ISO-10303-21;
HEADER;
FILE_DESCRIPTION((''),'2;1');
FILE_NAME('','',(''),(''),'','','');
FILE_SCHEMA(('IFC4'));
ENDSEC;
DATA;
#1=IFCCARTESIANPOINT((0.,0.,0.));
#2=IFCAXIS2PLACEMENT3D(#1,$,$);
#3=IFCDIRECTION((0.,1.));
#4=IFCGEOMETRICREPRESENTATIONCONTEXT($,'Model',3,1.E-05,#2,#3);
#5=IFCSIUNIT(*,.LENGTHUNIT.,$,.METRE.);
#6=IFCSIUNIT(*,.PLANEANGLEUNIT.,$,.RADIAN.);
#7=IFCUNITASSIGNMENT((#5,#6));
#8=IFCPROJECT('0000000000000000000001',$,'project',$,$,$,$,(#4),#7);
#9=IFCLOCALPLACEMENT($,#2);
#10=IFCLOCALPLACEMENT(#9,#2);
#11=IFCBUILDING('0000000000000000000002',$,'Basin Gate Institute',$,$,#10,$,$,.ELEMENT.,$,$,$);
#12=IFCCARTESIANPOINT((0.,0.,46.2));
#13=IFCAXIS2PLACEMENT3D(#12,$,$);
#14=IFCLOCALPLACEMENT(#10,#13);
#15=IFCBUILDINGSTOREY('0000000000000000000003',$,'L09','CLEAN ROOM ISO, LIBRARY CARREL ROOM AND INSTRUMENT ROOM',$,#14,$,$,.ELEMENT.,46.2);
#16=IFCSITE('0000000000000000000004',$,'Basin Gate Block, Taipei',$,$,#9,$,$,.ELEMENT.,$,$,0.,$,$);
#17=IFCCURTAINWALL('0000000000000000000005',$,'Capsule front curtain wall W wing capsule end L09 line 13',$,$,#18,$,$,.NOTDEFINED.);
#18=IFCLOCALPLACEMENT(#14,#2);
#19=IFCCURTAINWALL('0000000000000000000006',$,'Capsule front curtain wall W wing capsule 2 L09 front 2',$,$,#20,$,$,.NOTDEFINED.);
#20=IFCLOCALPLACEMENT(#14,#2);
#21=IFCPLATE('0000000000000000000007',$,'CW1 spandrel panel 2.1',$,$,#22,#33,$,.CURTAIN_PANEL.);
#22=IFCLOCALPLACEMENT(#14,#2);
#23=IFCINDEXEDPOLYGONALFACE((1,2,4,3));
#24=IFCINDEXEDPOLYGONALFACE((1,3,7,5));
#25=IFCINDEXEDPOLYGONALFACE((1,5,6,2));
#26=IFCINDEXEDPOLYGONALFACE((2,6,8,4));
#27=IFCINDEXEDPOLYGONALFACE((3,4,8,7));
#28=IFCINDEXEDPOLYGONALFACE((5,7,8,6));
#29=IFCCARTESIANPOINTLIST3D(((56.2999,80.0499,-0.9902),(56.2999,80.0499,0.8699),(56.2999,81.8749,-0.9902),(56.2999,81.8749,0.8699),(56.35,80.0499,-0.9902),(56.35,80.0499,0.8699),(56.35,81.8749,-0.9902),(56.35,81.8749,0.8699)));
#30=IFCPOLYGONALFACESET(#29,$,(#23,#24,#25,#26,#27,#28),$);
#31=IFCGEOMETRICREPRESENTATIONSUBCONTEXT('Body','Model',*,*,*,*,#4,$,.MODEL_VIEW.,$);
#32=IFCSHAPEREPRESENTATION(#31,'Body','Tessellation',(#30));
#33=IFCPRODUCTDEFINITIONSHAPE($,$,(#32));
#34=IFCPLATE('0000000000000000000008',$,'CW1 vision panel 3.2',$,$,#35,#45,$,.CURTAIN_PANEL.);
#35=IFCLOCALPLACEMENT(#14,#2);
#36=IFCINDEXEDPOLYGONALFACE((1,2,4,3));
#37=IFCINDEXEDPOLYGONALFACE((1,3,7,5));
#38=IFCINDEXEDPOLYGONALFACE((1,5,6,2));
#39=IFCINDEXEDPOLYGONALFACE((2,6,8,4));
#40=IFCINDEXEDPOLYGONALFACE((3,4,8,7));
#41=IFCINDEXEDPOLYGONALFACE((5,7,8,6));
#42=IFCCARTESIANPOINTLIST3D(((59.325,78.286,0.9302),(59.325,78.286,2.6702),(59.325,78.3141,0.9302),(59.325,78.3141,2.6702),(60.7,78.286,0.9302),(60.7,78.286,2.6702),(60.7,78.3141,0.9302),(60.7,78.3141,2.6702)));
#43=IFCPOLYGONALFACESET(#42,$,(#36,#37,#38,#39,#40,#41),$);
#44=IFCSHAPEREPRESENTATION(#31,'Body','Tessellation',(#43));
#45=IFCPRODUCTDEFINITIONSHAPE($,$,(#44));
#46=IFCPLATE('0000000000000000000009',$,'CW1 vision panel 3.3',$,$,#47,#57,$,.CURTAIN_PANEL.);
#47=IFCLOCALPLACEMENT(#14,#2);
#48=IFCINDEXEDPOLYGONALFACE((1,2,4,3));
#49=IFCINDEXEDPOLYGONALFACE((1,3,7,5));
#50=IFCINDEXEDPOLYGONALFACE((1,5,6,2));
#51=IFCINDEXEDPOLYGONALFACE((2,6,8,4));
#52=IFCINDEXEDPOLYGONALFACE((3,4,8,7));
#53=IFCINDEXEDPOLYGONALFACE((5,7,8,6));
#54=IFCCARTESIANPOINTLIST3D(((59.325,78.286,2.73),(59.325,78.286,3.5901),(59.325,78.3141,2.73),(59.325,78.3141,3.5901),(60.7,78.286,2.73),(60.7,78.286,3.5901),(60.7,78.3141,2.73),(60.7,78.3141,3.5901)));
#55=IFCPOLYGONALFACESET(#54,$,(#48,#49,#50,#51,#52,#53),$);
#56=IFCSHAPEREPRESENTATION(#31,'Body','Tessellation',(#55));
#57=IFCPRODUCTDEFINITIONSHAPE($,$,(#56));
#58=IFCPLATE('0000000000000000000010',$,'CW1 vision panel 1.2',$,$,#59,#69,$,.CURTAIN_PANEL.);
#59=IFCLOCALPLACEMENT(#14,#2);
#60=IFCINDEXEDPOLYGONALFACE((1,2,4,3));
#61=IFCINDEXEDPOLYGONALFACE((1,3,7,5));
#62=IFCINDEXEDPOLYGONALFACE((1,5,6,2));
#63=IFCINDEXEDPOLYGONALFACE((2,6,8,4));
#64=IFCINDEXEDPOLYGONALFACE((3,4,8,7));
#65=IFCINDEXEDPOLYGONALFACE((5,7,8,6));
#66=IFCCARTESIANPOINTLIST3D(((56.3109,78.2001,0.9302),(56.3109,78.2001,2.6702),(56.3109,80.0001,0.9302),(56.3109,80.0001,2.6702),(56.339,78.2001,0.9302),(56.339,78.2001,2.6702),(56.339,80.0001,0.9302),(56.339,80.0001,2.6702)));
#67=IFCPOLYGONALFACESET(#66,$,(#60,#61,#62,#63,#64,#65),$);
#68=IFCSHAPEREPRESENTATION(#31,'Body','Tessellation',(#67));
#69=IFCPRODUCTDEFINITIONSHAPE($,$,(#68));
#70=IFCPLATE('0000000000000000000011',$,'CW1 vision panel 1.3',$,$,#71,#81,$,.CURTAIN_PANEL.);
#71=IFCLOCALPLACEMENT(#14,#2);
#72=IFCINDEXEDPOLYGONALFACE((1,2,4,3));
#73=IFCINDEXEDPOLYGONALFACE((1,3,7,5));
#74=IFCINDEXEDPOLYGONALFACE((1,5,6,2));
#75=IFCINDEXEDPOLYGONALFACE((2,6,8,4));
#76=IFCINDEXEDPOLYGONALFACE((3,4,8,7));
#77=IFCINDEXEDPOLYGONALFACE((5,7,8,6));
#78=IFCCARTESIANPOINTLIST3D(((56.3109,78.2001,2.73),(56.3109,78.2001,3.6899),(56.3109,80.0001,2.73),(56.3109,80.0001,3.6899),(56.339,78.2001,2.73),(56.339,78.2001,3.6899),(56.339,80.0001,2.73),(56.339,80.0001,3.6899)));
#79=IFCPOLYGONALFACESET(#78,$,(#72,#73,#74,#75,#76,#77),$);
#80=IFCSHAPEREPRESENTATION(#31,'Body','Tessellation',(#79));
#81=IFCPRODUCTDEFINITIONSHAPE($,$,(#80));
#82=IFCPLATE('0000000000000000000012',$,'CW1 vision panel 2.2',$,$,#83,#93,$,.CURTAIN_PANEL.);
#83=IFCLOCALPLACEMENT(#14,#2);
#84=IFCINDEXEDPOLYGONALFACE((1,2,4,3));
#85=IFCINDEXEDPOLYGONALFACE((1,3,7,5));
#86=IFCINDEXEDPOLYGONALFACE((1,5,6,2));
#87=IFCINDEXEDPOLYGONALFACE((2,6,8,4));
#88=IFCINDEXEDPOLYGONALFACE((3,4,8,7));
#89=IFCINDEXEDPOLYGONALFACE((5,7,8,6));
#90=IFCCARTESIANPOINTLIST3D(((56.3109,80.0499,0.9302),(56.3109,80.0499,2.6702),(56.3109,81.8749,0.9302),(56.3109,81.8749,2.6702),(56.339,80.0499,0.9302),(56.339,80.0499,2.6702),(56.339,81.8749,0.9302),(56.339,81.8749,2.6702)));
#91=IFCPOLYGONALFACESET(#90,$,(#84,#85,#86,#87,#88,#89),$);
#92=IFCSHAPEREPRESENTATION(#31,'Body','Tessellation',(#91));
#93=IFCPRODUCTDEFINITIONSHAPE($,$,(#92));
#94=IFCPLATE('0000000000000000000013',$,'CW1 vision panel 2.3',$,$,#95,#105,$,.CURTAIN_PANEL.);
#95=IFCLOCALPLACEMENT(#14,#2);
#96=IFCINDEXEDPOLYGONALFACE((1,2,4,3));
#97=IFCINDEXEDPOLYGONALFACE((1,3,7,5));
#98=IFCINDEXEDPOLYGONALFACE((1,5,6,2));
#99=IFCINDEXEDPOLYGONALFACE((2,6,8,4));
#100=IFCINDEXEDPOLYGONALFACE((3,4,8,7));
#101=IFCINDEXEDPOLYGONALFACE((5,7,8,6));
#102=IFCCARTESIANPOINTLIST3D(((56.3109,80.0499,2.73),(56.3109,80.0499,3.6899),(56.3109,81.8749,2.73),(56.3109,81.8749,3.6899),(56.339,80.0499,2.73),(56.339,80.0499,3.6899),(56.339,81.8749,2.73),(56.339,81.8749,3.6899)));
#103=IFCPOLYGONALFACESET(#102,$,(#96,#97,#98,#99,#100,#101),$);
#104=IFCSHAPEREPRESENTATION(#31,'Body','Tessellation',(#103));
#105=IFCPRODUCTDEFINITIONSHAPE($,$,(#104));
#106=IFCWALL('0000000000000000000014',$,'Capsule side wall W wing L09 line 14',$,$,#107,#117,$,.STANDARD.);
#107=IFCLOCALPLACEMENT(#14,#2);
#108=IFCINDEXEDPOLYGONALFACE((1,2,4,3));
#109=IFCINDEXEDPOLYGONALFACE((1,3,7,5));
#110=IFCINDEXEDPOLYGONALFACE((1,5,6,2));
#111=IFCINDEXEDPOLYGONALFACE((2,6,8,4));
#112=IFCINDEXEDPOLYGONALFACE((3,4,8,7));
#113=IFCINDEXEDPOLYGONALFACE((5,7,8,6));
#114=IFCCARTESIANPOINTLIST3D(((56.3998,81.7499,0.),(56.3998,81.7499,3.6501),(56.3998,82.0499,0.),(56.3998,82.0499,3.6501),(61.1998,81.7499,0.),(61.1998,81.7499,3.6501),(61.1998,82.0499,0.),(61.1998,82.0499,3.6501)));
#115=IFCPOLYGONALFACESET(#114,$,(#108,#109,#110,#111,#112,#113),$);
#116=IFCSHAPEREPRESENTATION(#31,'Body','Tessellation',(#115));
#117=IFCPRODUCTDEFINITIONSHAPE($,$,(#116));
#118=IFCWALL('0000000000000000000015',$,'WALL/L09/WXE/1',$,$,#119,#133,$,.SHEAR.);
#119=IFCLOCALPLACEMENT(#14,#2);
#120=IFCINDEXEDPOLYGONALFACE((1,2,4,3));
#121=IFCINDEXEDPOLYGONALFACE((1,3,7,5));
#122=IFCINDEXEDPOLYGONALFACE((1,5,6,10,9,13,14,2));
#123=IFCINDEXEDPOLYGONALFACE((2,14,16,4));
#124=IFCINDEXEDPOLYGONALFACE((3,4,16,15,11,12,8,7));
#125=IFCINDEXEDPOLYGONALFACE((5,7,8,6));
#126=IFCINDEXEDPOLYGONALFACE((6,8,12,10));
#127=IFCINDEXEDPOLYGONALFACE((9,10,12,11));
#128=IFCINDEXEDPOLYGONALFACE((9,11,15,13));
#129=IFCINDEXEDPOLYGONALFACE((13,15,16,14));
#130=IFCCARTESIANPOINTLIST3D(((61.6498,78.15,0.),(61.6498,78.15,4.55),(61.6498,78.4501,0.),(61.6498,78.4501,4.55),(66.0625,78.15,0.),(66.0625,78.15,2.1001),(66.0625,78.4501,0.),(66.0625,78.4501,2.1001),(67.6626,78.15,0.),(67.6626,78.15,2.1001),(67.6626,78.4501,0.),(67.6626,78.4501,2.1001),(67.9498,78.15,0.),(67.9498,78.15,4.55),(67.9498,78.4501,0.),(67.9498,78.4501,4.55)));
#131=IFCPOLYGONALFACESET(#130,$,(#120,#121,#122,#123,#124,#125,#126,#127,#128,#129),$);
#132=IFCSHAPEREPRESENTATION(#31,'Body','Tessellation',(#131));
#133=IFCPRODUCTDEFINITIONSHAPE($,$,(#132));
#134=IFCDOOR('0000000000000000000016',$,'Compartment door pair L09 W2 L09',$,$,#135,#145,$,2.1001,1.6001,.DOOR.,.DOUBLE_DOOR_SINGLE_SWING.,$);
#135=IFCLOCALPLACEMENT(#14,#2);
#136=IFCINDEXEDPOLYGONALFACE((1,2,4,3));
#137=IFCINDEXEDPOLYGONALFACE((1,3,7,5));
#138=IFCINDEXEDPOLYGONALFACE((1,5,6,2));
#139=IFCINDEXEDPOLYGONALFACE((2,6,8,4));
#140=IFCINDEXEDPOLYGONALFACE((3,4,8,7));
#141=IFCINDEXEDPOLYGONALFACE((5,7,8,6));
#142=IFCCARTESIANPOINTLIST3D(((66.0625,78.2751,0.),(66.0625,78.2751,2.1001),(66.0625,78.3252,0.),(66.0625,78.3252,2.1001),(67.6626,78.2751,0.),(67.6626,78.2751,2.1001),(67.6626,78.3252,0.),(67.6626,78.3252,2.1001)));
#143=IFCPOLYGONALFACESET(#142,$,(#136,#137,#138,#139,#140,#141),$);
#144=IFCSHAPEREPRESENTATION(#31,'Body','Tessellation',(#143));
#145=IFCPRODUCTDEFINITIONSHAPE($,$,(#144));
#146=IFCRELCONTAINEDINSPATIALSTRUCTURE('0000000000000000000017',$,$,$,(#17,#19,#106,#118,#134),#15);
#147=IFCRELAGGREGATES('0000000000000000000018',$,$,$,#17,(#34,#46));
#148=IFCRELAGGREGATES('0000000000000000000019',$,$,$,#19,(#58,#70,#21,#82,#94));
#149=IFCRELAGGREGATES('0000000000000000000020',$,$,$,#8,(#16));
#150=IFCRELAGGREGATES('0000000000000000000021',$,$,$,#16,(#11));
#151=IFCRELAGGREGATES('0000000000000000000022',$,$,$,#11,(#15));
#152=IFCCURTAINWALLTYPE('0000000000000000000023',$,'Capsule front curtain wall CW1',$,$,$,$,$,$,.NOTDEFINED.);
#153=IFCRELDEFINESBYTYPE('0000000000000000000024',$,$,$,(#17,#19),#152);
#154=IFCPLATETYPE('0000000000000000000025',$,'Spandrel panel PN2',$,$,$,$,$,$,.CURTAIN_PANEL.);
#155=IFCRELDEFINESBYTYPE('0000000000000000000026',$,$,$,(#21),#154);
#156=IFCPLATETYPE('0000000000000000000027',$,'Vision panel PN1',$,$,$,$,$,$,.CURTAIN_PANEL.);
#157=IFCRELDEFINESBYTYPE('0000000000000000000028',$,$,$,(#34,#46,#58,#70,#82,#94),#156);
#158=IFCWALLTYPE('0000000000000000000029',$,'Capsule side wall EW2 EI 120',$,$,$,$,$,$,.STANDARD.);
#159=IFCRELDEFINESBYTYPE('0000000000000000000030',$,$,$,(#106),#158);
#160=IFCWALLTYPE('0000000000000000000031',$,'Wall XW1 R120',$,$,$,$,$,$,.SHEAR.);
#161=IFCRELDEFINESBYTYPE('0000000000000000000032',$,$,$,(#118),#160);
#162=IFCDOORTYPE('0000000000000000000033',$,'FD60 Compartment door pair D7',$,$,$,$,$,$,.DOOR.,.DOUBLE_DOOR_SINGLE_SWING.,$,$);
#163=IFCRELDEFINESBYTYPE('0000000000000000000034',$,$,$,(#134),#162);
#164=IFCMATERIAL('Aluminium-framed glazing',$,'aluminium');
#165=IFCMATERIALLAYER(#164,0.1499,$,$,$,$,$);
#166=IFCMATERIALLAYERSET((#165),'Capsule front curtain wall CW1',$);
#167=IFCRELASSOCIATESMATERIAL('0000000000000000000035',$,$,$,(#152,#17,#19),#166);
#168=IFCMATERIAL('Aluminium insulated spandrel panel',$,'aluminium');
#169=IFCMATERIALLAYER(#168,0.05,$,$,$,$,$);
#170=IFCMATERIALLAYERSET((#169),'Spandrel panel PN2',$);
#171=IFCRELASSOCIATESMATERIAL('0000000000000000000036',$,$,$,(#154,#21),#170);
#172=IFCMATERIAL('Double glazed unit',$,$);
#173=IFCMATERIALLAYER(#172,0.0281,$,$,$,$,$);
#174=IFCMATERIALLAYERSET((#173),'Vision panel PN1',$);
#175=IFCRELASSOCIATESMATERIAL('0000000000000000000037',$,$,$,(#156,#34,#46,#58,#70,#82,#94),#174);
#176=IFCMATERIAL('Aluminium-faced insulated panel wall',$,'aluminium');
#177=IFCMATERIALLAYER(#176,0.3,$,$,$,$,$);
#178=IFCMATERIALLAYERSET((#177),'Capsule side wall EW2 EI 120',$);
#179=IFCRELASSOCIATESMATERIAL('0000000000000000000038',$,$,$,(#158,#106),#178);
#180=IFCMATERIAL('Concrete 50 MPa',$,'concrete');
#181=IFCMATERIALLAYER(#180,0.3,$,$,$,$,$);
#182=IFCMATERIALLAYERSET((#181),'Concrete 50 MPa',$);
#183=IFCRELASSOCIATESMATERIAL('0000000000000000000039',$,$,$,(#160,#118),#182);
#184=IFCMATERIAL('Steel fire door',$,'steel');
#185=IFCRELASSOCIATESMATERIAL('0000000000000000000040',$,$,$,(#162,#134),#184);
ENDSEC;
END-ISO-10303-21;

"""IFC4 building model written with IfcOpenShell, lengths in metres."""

from ifc_helpers import new_model, si_unit, direction, frame, frame_2d, origin, origin_2d, place, context, subcontext, project, spatial, rectangle, extrude, material, layer, layer_set, type_object, element, fill, aggregate, save


model = new_model("IFC4")

# Units and contexts
model_context = context("Model", 3, precision=1e-05, world=origin(), true_north=direction((0.0, 1.0)))
body_context = subcontext(model_context, "Body", "Model", "MODEL_VIEW")
ifc_project = project(units=[si_unit("LENGTHUNIT", "METRE"), si_unit("PLANEANGLEUNIT", "RADIAN")], contexts=[model_context])

# Site, building, storey
site_placement = place(None, origin())
site = spatial("IfcSite", under=ifc_project, at=site_placement, Name="Basin Gate Block, Taipei", CompositionType="ELEMENT", RefElevation=0.0)
building_placement = place(site_placement, origin())
building = spatial("IfcBuilding", under=site, at=building_placement, Name="Basin Gate Institute", CompositionType="ELEMENT")
storey_placement = place(building_placement, frame((0.0, 0.0, 46.2)))
storey = spatial("IfcBuildingStorey", under=building, at=storey_placement, Name="L09", Description="CLEAN ROOM ISO, LIBRARY CARREL ROOM AND INSTRUMENT ROOM", CompositionType="ELEMENT", Elevation=46.2)

# Curtain wall
ifc_material_1 = material(Name="Aluminium-framed glazing", Category="aluminium")
ifc_layer_1 = layer(ifc_material_1, 0.1499)
ifc_layer_set_1 = layer_set([ifc_layer_1], Name="Capsule front curtain wall CW1")
curtain_wall_type = type_object("IfcCurtainWallType", Name="Capsule front curtain wall CW1", PredefinedType="NOTDEFINED", material=ifc_layer_set_1)
curtain_wall_1_placement = place(storey_placement, origin())
curtain_wall_1 = element("IfcCurtainWall", 1, at=curtain_wall_1_placement, inside=storey, type_object=curtain_wall_type, material=ifc_layer_set_1, Name="Capsule front curtain wall W wing capsule end L09 line 13", PredefinedType="NOTDEFINED")

# Curtain wall
curtain_wall_2_placement = place(storey_placement, origin())
curtain_wall_2 = element("IfcCurtainWall", 2, at=curtain_wall_2_placement, inside=storey, type_object=curtain_wall_type, material=ifc_layer_set_1, Name="Capsule front curtain wall W wing capsule 2 L09 front 2", PredefinedType="NOTDEFINED")

# Plates
ifc_material_2 = material(Name="Aluminium insulated spandrel panel", Category="aluminium")
ifc_layer_2 = layer(ifc_material_2, 0.05)
ifc_layer_set_2 = layer_set([ifc_layer_2], Name="Spandrel panel PN2")
plate_type_1 = type_object("IfcPlateType", Name="Spandrel panel PN2", PredefinedType="CURTAIN_PANEL", material=ifc_layer_set_2)
plate_1_placement = place(storey_placement, frame((56.325, 80.9624, -0.9902), z_axis=(0.0, 0.0, 1.0), x_axis=(0.0, 1.0, 0.0)))
plate_1 = element("IfcPlate", 3, at=plate_1_placement, type_object=plate_type_1, material=ifc_layer_set_2, Name="CW1 spandrel panel 2.1", PredefinedType="CURTAIN_PANEL", context=body_context, shape_type="SweptSolid", body=[
    extrude(rectangle(XDim=1.825, YDim=0.05, at=origin_2d()), origin(), (0.0, 0.0, 1.0), 1.8601),
])
ifc_material_3 = material(Name="Double glazed unit")
ifc_layer_3 = layer(ifc_material_3, 0.0281)
ifc_layer_set_3 = layer_set([ifc_layer_3], Name="Vision panel PN1")
plate_type_2 = type_object("IfcPlateType", Name="Vision panel PN1", PredefinedType="CURTAIN_PANEL", material=ifc_layer_set_3)
plate_2_placement = place(storey_placement, frame((60.0125, 78.3, 0.9302), z_axis=(0.0, 0.0, 1.0), x_axis=(1.0, 0.0, 0.0)))
plate_2 = element("IfcPlate", 4, at=plate_2_placement, type_object=plate_type_2, material=ifc_layer_set_3, Name="CW1 vision panel 3.2", PredefinedType="CURTAIN_PANEL", context=body_context, shape_type="SweptSolid", body=[
    extrude(rectangle(XDim=1.375, YDim=0.0281, at=origin_2d()), origin(), (0.0, 0.0, 1.0), 1.74),
])
plate_3_placement = place(storey_placement, frame((60.0125, 78.3, 2.73), z_axis=(0.0, 0.0, 1.0), x_axis=(1.0, 0.0, 0.0)))
plate_3 = element("IfcPlate", 5, at=plate_3_placement, type_object=plate_type_2, material=ifc_layer_set_3, Name="CW1 vision panel 3.3", PredefinedType="CURTAIN_PANEL", context=body_context, shape_type="SweptSolid", body=[
    extrude(rectangle(XDim=1.375, YDim=0.0281, at=origin_2d()), origin(), (0.0, 0.0, 1.0), 0.8601),
])
aggregate(curtain_wall_1, [plate_2, plate_3])
plate_4_placement = place(storey_placement, frame((56.325, 79.1001, 0.9302), z_axis=(0.0, 0.0, 1.0), x_axis=(0.0, 1.0, 0.0)))
plate_4 = element("IfcPlate", 6, at=plate_4_placement, type_object=plate_type_2, material=ifc_layer_set_3, Name="CW1 vision panel 1.2", PredefinedType="CURTAIN_PANEL", context=body_context, shape_type="SweptSolid", body=[
    extrude(rectangle(XDim=1.8, YDim=0.0281, at=origin_2d()), origin(), (0.0, 0.0, 1.0), 1.74),
])
plate_5_placement = place(storey_placement, frame((56.325, 79.1001, 2.73), z_axis=(0.0, 0.0, 1.0), x_axis=(0.0, 1.0, 0.0)))
plate_5 = element("IfcPlate", 7, at=plate_5_placement, type_object=plate_type_2, material=ifc_layer_set_3, Name="CW1 vision panel 1.3", PredefinedType="CURTAIN_PANEL", context=body_context, shape_type="SweptSolid", body=[
    extrude(rectangle(XDim=1.8, YDim=0.0281, at=origin_2d()), origin(), (0.0, 0.0, 1.0), 0.96),
])
plate_6_placement = place(storey_placement, frame((56.325, 80.9624, 0.9302), z_axis=(0.0, 0.0, 1.0), x_axis=(0.0, 1.0, 0.0)))
plate_6 = element("IfcPlate", 8, at=plate_6_placement, type_object=plate_type_2, material=ifc_layer_set_3, Name="CW1 vision panel 2.2", PredefinedType="CURTAIN_PANEL", context=body_context, shape_type="SweptSolid", body=[
    extrude(rectangle(XDim=1.825, YDim=0.0281, at=origin_2d()), origin(), (0.0, 0.0, 1.0), 1.74),
])
plate_7_placement = place(storey_placement, frame((56.325, 80.9624, 2.73), z_axis=(0.0, 0.0, 1.0), x_axis=(0.0, 1.0, 0.0)))
plate_7 = element("IfcPlate", 9, at=plate_7_placement, type_object=plate_type_2, material=ifc_layer_set_3, Name="CW1 vision panel 2.3", PredefinedType="CURTAIN_PANEL", context=body_context, shape_type="SweptSolid", body=[
    extrude(rectangle(XDim=1.825, YDim=0.0281, at=origin_2d()), origin(), (0.0, 0.0, 1.0), 0.96),
])
aggregate(curtain_wall_2, [plate_4, plate_5, plate_1, plate_6, plate_7])

# Wall
ifc_material_4 = material(Name="Aluminium-faced insulated panel wall", Category="aluminium")
ifc_layer_4 = layer(ifc_material_4, 0.3)
ifc_layer_set_4 = layer_set([ifc_layer_4], Name="Capsule side wall EW2 EI 120")
wall_type_1 = type_object("IfcWallType", Name="Capsule side wall EW2 EI 120", PredefinedType="STANDARD", material=ifc_layer_set_4)
wall_1_placement = place(storey_placement, frame((56.3999, 81.8999, 0.0), z_axis=(0.0, 0.0, 1.0), x_axis=(1.0, 0.0, 0.0)))
element("IfcWall", 10, at=wall_1_placement, inside=storey, type_object=wall_type_1, material=ifc_layer_set_4, Name="Capsule side wall W wing L09 line 14", PredefinedType="STANDARD", context=body_context, shape_type="SweptSolid", body=[
    extrude(rectangle(XDim=4.8, YDim=0.3, at=frame_2d((2.3999, 0.0))), origin(), (0.0, 0.0, 1.0), 3.6501),
])

# Wall, opening, door
ifc_material_5 = material(Name="Concrete 50 MPa", Category="concrete")
ifc_layer_5 = layer(ifc_material_5, 0.3)
ifc_layer_set_5 = layer_set([ifc_layer_5], Name="Concrete 50 MPa")
wall_type_2 = type_object("IfcWallType", Name="Wall XW1 R120", PredefinedType="SHEAR", material=ifc_layer_set_5)
wall_2_placement = place(storey_placement, frame((61.6499, 78.3, 0.0), z_axis=(0.0, 0.0, 1.0), x_axis=(1.0, 0.0, 0.0)))
wall_2 = element("IfcWall", 11, at=wall_2_placement, inside=storey, type_object=wall_type_2, material=ifc_layer_set_5, Name="WALL/L09/WXE/1", PredefinedType="SHEAR", context=body_context, shape_type="SweptSolid", body=[
    extrude(rectangle(XDim=6.3, YDim=0.3, at=frame_2d((3.1499, 0.0))), origin(), (0.0, 0.0, 1.0), 4.55),
])
opening_placement = place(wall_2_placement, frame((4.4126, 0.0, 0.0)))
opening = element("IfcOpeningElement", 12, at=opening_placement, cuts=wall_2, PredefinedType="OPENING", context=body_context, shape_type="SweptSolid", body=[
    extrude(rectangle(XDim=1.6001, YDim=2.1001, at=frame_2d((0.8, 1.05))), frame((0.0, 0.1602, 0.0), z_axis=(0.0, -1.0, 0.0), x_axis=(1.0, 0.0, 0.0)), (0.0, 0.0, 1.0), 0.3201),
])
ifc_material_6 = material(Name="Steel fire door", Category="steel")
door_type = type_object("IfcDoorType", Name="FD60 Compartment door pair D7", OperationType="DOUBLE_DOOR_SINGLE_SWING", PredefinedType="DOOR", material=ifc_material_6)
door_placement = place(opening_placement, frame((1.6001, 0.0, 0.0), z_axis=(0.0, 0.0, 1.0), x_axis=(-1.0, 0.0, 0.0)))
door = element("IfcDoor", 13, at=door_placement, inside=storey, type_object=door_type, material=ifc_material_6, Name="Compartment door pair L09 W2 L09", OperationType="DOUBLE_DOOR_SINGLE_SWING", OverallHeight=2.1001, OverallWidth=1.6001, PredefinedType="DOOR", context=body_context, shape_type="SweptSolid", body=[
    extrude(rectangle(XDim=1.6001, YDim=2.1001, at=frame_2d((0.8, 1.05))), frame((0.0, 0.0249, 0.0), z_axis=(0.0, -1.0, 0.0), x_axis=(1.0, 0.0, 0.0)), (0.0, 0.0, 1.0), 0.05),
])
fill(opening, door)

save(model, "model.ifc")
